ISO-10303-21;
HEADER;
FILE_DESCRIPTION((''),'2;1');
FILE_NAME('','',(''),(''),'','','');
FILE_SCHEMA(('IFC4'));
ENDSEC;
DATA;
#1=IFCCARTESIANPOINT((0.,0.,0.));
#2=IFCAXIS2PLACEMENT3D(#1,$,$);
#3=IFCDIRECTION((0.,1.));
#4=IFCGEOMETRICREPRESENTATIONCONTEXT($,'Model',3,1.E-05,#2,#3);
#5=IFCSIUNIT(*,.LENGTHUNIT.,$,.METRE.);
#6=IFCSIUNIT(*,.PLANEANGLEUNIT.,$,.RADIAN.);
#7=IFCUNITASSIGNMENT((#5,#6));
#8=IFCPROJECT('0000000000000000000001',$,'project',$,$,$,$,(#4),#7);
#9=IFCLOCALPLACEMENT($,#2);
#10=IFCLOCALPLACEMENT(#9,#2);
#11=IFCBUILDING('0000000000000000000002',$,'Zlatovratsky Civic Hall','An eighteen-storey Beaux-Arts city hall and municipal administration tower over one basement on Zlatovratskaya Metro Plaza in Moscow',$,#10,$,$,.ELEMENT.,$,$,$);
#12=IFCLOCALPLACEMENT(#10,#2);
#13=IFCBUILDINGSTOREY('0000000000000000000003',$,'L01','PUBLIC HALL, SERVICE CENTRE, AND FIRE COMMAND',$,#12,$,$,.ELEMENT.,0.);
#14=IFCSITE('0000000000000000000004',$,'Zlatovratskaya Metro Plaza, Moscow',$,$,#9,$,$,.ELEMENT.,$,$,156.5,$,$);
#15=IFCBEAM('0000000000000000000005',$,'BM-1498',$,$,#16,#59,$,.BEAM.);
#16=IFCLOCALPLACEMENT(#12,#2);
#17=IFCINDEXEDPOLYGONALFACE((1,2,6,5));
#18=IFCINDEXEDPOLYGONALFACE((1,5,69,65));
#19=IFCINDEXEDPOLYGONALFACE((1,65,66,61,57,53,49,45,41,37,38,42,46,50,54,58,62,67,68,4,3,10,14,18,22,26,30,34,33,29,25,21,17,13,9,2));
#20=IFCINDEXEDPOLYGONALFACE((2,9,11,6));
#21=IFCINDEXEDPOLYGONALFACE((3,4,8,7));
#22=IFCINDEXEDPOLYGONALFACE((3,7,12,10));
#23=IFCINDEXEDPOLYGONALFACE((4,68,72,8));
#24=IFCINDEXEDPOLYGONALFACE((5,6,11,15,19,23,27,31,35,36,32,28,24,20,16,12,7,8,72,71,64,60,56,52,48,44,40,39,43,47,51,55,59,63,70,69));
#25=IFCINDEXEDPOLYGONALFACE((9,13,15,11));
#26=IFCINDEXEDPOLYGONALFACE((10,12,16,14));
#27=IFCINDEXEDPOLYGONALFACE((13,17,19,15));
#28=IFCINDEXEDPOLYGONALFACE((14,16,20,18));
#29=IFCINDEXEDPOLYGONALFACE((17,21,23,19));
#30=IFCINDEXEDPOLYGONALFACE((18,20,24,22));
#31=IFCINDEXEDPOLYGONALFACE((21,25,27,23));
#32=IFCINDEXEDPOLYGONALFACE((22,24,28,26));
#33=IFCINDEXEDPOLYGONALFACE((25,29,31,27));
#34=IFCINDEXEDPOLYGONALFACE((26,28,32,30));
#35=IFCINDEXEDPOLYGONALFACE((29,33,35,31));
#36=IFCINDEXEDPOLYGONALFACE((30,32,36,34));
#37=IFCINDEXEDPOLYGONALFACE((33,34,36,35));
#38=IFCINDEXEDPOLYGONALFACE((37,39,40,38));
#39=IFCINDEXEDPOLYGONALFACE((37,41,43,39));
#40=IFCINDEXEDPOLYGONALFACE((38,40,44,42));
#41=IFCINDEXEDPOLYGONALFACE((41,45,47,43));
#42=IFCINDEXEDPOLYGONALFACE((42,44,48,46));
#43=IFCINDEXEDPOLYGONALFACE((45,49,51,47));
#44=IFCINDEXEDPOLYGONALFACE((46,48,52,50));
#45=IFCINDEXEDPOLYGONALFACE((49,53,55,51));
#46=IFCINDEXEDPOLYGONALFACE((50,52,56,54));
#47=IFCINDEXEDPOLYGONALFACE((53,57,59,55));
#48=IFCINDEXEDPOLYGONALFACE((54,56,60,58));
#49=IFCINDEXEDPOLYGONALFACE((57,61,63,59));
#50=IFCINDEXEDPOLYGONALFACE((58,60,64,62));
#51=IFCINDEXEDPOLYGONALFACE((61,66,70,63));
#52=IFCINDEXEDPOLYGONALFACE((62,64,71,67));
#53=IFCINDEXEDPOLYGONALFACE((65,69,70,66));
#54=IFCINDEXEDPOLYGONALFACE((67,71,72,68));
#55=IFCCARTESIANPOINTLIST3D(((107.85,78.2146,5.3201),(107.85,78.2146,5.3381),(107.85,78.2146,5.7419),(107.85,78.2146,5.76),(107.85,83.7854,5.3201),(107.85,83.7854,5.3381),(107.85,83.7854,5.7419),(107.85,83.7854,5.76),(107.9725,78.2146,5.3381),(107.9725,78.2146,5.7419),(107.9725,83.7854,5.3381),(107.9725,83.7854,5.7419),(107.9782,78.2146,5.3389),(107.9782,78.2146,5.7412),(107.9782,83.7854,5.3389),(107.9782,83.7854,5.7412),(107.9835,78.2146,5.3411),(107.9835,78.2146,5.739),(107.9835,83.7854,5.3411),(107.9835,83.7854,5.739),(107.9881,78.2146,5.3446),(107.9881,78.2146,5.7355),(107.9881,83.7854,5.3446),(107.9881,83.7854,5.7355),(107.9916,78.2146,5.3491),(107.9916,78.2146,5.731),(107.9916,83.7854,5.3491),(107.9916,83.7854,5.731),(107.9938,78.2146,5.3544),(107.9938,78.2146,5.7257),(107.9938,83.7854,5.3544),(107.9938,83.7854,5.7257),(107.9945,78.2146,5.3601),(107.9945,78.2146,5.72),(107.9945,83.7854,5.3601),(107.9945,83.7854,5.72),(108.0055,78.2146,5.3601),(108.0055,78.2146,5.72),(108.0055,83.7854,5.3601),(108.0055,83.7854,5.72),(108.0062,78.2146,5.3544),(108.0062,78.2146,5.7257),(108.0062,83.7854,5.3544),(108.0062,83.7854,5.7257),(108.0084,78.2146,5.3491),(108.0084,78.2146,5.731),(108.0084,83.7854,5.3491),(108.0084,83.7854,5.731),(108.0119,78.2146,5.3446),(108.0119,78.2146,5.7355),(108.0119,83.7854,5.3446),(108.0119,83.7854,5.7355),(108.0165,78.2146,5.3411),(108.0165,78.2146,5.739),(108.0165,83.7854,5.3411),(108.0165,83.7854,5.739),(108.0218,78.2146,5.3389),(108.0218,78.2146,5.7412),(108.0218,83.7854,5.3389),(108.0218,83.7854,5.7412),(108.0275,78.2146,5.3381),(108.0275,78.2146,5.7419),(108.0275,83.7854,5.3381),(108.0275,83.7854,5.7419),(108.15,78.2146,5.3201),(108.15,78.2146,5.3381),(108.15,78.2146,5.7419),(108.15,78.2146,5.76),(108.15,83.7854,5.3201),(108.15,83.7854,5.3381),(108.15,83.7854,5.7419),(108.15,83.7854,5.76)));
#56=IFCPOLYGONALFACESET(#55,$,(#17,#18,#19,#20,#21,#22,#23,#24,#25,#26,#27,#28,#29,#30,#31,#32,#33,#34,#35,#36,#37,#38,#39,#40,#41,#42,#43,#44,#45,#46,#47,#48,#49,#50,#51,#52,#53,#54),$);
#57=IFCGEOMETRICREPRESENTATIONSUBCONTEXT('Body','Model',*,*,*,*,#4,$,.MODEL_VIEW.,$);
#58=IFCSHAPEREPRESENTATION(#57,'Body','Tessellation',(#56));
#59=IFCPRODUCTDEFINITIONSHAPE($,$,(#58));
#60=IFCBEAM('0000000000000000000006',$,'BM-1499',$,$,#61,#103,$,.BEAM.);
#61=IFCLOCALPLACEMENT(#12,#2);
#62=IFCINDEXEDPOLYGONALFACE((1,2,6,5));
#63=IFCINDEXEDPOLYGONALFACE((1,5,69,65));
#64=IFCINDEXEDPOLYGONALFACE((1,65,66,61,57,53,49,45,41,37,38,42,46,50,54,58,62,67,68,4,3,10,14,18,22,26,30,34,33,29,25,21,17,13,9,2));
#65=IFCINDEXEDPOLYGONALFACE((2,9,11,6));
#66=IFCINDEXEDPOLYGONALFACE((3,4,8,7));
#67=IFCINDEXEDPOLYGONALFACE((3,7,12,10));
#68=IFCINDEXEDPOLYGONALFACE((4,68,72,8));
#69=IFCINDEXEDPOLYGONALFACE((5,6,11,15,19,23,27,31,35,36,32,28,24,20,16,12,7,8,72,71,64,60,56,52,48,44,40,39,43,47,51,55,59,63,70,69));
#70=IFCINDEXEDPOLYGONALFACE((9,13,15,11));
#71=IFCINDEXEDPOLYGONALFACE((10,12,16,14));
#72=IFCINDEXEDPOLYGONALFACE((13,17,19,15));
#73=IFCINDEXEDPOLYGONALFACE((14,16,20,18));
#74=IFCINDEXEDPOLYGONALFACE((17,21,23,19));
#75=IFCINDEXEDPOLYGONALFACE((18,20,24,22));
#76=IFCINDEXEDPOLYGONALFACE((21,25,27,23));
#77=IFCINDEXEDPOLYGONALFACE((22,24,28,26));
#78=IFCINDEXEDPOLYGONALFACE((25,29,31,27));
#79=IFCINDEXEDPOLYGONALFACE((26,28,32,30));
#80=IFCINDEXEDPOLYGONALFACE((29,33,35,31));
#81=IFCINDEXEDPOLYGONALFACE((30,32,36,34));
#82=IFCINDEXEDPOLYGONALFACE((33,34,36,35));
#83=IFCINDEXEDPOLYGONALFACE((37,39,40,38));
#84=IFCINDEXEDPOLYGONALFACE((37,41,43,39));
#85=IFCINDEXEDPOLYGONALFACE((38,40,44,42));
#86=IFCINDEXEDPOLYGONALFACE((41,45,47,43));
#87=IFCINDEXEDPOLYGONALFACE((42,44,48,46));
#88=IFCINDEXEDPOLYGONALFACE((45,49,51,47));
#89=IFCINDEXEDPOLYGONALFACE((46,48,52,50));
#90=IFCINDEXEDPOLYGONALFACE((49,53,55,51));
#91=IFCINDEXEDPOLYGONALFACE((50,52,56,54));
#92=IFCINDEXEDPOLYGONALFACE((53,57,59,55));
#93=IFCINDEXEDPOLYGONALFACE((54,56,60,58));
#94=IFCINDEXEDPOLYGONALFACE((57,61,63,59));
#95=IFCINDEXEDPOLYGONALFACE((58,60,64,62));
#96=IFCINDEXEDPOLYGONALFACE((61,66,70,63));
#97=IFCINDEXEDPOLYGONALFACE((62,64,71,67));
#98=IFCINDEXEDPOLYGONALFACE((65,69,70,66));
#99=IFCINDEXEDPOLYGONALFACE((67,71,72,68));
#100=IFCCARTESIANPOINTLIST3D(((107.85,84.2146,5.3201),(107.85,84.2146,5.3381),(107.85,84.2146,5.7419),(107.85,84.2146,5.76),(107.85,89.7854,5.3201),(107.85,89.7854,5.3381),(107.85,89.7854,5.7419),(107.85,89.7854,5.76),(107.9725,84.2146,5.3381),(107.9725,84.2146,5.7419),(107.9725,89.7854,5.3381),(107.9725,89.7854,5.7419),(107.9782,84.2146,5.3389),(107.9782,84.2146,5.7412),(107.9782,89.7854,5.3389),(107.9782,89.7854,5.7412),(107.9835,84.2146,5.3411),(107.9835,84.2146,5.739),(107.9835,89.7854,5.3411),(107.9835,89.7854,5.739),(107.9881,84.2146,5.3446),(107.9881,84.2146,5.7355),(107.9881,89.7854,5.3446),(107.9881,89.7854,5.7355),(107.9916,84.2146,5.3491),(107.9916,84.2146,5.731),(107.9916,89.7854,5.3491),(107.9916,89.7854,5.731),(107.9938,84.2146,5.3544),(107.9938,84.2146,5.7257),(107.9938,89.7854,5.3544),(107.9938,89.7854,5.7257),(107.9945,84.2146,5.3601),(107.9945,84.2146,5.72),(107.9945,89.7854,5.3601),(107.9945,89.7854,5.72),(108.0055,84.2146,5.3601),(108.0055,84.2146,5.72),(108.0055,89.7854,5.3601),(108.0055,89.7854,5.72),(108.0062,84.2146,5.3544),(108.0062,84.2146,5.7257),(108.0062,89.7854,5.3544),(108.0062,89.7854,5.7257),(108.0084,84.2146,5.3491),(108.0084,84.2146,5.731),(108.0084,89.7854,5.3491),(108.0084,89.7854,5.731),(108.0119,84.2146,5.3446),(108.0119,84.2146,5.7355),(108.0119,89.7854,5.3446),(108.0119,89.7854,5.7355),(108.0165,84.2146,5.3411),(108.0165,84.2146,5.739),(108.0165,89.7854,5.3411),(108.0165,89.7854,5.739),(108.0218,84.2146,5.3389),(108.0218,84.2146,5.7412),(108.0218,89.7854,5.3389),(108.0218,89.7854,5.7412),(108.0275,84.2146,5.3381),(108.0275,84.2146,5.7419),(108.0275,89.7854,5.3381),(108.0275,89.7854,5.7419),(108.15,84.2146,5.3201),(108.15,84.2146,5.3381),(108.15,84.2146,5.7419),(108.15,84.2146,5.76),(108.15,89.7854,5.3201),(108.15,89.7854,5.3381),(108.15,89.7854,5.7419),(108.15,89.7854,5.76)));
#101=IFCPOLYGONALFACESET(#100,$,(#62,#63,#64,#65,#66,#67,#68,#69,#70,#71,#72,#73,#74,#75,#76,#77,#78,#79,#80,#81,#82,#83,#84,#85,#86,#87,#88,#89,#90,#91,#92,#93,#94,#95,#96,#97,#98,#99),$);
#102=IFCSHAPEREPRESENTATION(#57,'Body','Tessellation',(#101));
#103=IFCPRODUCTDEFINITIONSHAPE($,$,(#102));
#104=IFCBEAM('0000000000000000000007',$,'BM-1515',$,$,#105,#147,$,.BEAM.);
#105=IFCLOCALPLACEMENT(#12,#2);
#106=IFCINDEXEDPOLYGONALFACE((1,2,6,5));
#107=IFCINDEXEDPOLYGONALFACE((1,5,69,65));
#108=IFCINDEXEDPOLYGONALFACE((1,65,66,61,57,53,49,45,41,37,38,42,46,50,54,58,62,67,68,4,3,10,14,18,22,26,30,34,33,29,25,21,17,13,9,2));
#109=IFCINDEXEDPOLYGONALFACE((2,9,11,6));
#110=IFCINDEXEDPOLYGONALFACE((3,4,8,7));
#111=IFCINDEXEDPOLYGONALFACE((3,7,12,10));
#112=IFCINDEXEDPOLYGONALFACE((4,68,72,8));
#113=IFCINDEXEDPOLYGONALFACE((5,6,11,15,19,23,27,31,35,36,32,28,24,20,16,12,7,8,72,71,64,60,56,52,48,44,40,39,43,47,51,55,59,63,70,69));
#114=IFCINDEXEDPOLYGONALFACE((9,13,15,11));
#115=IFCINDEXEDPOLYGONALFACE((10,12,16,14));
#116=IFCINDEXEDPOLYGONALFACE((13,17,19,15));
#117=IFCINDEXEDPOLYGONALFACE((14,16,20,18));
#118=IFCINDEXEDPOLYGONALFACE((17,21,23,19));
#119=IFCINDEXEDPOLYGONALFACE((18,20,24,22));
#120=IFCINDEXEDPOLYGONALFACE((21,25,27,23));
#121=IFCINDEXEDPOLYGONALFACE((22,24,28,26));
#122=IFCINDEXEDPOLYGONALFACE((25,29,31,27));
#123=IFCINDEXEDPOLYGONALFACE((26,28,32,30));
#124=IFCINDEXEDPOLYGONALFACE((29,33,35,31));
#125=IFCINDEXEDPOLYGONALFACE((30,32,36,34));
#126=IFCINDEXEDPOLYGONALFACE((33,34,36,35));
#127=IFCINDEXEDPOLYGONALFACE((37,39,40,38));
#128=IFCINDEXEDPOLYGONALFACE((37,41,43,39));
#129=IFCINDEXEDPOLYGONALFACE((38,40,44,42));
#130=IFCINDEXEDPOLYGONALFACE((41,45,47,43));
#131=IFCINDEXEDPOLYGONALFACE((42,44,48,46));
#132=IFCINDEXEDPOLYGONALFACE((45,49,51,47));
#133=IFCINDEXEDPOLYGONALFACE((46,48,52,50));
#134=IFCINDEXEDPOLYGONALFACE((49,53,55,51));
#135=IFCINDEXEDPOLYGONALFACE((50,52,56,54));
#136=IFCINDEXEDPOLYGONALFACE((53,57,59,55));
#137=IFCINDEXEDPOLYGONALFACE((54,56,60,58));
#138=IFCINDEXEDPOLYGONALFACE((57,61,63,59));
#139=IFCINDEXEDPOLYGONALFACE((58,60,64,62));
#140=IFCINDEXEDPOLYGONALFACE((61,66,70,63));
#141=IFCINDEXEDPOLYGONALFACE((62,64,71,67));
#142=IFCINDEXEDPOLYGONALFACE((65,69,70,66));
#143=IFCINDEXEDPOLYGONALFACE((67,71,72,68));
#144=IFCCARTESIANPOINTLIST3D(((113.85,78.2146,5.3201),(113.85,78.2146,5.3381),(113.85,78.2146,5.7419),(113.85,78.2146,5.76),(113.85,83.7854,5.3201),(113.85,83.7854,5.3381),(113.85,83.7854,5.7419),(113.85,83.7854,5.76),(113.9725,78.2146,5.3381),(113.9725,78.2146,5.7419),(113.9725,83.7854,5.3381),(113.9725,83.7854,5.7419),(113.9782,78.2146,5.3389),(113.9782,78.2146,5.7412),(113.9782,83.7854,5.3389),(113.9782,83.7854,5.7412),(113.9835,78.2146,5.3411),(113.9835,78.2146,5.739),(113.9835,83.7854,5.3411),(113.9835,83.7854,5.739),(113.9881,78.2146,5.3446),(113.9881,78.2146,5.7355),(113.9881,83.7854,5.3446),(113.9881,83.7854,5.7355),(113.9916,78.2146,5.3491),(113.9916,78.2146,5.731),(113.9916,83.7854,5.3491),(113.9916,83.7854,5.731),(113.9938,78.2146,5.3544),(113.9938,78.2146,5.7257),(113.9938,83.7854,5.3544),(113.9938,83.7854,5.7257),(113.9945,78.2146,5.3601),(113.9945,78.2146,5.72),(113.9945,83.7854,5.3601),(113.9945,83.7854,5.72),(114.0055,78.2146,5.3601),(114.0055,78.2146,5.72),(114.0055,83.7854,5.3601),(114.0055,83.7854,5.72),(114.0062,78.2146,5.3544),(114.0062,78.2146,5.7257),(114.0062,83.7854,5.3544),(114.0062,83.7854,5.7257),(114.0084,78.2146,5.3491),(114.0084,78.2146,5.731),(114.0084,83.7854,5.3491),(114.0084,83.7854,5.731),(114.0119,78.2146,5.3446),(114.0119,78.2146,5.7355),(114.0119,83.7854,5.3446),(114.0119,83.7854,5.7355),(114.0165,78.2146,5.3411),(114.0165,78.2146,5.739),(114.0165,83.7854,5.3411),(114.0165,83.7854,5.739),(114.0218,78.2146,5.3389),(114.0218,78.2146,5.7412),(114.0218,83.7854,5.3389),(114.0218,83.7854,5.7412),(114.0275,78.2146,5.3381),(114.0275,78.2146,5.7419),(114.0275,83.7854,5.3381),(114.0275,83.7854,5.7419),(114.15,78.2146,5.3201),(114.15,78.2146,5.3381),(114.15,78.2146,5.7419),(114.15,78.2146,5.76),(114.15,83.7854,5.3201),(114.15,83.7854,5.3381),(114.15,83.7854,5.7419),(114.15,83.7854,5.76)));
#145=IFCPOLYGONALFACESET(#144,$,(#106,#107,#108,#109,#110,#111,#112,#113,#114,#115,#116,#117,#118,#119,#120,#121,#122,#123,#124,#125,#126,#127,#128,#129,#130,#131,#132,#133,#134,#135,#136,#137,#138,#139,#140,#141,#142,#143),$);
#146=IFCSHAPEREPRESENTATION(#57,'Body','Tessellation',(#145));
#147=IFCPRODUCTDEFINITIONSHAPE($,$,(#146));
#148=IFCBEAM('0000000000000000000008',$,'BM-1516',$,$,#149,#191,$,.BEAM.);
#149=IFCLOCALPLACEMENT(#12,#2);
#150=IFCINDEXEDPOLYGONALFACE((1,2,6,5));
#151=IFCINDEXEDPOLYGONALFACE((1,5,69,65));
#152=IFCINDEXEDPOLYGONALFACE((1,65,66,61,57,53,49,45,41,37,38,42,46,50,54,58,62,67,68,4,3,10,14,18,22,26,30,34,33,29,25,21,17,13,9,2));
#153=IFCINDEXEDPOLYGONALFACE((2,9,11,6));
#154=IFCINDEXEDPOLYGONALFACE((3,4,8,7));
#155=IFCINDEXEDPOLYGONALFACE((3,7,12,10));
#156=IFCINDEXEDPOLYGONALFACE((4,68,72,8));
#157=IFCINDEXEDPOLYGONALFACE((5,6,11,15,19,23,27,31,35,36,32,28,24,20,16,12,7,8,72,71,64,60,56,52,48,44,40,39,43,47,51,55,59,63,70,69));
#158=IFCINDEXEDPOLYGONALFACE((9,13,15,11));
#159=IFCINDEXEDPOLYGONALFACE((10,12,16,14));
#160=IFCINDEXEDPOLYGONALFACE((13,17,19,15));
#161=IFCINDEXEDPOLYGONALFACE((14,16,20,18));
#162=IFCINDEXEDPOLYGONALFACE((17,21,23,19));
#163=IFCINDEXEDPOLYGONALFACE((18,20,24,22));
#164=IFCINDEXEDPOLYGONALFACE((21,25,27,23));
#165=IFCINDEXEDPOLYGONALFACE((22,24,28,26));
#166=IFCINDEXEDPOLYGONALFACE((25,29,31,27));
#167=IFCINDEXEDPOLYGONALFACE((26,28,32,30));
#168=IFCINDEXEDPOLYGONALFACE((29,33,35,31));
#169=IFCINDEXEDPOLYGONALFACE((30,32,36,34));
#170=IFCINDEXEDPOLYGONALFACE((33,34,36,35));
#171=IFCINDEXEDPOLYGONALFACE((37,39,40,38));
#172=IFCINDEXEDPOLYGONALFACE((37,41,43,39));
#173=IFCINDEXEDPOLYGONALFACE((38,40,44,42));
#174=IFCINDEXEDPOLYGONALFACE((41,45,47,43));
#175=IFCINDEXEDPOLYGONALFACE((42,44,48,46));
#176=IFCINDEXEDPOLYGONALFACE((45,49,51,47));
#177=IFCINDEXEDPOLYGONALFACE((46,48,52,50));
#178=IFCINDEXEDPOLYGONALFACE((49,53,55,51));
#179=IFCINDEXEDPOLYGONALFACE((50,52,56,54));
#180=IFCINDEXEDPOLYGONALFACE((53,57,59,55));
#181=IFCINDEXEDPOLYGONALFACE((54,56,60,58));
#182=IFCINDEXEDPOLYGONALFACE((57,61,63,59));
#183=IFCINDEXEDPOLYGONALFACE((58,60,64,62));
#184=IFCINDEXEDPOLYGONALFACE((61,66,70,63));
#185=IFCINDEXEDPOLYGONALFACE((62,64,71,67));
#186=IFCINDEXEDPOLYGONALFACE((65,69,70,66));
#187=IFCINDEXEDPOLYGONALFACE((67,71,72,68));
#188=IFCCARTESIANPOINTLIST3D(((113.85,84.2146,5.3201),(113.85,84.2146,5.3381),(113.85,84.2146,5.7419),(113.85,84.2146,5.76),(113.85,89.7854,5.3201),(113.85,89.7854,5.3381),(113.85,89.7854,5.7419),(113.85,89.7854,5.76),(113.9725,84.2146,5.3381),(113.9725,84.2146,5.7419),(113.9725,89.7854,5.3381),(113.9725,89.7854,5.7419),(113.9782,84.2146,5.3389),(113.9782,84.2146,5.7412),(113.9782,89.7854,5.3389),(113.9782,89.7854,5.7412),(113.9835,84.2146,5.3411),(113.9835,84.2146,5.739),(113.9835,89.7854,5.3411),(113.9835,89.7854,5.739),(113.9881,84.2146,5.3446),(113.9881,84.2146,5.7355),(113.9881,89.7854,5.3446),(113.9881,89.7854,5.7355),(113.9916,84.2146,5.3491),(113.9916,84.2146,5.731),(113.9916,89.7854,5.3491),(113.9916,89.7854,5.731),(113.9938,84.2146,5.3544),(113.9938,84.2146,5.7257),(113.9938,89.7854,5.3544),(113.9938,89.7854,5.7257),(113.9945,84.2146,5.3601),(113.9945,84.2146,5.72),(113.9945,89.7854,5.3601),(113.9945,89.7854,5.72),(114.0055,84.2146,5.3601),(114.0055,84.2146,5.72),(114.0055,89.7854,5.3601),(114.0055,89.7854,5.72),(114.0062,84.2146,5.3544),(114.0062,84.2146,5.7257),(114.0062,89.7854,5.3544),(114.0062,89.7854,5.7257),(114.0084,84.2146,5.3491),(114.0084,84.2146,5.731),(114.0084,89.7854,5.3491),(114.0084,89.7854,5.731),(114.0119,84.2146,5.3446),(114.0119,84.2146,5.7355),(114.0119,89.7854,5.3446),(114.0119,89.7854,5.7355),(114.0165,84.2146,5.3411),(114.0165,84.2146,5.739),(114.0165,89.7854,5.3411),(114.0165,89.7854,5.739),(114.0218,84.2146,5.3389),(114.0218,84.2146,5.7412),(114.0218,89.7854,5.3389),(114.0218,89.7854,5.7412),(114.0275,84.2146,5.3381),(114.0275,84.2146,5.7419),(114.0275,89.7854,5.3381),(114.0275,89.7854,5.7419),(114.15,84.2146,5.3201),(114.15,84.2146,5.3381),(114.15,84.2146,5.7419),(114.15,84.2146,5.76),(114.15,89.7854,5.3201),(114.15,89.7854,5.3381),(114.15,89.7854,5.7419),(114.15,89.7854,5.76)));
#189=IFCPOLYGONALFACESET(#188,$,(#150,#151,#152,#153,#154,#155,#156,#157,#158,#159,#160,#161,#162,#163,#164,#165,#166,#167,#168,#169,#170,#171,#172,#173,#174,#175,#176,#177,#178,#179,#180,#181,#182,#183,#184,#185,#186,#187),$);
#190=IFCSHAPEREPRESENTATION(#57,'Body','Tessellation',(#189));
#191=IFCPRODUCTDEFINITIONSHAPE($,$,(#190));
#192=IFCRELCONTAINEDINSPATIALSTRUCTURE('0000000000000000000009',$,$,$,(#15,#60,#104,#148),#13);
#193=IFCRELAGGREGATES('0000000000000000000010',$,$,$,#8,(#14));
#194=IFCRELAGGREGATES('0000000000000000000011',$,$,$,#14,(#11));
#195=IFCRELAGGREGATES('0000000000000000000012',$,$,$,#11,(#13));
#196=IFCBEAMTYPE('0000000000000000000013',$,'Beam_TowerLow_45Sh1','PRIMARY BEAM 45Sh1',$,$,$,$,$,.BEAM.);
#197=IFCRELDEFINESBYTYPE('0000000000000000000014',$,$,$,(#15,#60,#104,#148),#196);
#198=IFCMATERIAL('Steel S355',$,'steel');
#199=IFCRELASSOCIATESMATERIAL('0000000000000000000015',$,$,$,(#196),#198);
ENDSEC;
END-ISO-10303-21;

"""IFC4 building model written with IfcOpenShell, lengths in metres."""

from ifc_helpers import new_model, si_unit, direction, frame, origin, origin_2d, place, context, subcontext, project, spatial, i_section, extrude, material, material_profile, profile_set, type_object, element, save


model = new_model("IFC4")

# Units and contexts
model_context = context("Model", 3, precision=1e-05, world=origin(), true_north=direction((0.0, 1.0)))
body_context = subcontext(model_context, "Body", "Model", "MODEL_VIEW")
ifc_project = project(units=[si_unit("LENGTHUNIT", "METRE"), si_unit("PLANEANGLEUNIT", "RADIAN")], contexts=[model_context])

# Site, building, storey
site_placement = place(None, origin())
site = spatial("IfcSite", under=ifc_project, at=site_placement, Name="Zlatovratskaya Metro Plaza, Moscow", CompositionType="ELEMENT", RefElevation=156.5)
building_placement = place(site_placement, origin())
building = spatial("IfcBuilding", under=site, at=building_placement, Name="Zlatovratsky Civic Hall", Description="An eighteen-storey Beaux-Arts city hall and municipal administration tower over one basement on Zlatovratskaya Metro Plaza in Moscow", CompositionType="ELEMENT")
storey_placement = place(building_placement, origin())
storey = spatial("IfcBuildingStorey", under=building, at=storey_placement, Name="L01", Description="PUBLIC HALL, SERVICE CENTRE, AND FIRE COMMAND", CompositionType="ELEMENT", Elevation=0.0)

# Shared definitions
ifc_material_1 = material(Name="Steel S355", Category="steel")

# Beams
ifc_material_profile_1 = material_profile(ifc_material_1, i_section(OverallWidth=0.3, OverallDepth=0.4399, WebThickness=0.011, FlangeThickness=0.0181, FilletRadius=0.022, at=origin_2d()), Name="45Sh1")
ifc_profile_set_1 = profile_set([ifc_material_profile_1], Name="Steel S355")
beam_type = type_object("IfcBeamType", Name="Beam_TowerLow_45Sh1", Description="PRIMARY BEAM 45Sh1", PredefinedType="BEAM", material=ifc_profile_set_1)
for number, where, z_axis, x_axis, name in (
    (1, (108.0, 78.2146, 5.54), (0.0, 1.0, 0.0), (-1.0, 0.0, 0.0), "BM-1498"),
    (2, (108.0, 84.2146, 5.54), (0.0, 1.0, 0.0), (-1.0, 0.0, 0.0), "BM-1499"),
    (3, (114.0, 78.2146, 5.54), (0.0, 1.0, 0.0), (-1.0, 0.0, 0.0), "BM-1515"),
    (4, (114.0, 84.2146, 5.54), (0.0, 1.0, 0.0), (-1.0, 0.0, 0.0), "BM-1516"),
):
    element("IfcBeam", number, at=place(storey_placement, frame(where, z_axis=z_axis, x_axis=x_axis)), inside=storey, type_object=beam_type, Name=name, PredefinedType="BEAM", context=body_context, shape_type="SweptSolid", body=[
        extrude(i_section(OverallWidth=0.3, OverallDepth=0.4399, WebThickness=0.011, FlangeThickness=0.0181, FilletRadius=0.022, at=origin_2d()), origin(), (0.0, 0.0, 1.0), 5.5708),
    ])

save(model, "model.ifc")
